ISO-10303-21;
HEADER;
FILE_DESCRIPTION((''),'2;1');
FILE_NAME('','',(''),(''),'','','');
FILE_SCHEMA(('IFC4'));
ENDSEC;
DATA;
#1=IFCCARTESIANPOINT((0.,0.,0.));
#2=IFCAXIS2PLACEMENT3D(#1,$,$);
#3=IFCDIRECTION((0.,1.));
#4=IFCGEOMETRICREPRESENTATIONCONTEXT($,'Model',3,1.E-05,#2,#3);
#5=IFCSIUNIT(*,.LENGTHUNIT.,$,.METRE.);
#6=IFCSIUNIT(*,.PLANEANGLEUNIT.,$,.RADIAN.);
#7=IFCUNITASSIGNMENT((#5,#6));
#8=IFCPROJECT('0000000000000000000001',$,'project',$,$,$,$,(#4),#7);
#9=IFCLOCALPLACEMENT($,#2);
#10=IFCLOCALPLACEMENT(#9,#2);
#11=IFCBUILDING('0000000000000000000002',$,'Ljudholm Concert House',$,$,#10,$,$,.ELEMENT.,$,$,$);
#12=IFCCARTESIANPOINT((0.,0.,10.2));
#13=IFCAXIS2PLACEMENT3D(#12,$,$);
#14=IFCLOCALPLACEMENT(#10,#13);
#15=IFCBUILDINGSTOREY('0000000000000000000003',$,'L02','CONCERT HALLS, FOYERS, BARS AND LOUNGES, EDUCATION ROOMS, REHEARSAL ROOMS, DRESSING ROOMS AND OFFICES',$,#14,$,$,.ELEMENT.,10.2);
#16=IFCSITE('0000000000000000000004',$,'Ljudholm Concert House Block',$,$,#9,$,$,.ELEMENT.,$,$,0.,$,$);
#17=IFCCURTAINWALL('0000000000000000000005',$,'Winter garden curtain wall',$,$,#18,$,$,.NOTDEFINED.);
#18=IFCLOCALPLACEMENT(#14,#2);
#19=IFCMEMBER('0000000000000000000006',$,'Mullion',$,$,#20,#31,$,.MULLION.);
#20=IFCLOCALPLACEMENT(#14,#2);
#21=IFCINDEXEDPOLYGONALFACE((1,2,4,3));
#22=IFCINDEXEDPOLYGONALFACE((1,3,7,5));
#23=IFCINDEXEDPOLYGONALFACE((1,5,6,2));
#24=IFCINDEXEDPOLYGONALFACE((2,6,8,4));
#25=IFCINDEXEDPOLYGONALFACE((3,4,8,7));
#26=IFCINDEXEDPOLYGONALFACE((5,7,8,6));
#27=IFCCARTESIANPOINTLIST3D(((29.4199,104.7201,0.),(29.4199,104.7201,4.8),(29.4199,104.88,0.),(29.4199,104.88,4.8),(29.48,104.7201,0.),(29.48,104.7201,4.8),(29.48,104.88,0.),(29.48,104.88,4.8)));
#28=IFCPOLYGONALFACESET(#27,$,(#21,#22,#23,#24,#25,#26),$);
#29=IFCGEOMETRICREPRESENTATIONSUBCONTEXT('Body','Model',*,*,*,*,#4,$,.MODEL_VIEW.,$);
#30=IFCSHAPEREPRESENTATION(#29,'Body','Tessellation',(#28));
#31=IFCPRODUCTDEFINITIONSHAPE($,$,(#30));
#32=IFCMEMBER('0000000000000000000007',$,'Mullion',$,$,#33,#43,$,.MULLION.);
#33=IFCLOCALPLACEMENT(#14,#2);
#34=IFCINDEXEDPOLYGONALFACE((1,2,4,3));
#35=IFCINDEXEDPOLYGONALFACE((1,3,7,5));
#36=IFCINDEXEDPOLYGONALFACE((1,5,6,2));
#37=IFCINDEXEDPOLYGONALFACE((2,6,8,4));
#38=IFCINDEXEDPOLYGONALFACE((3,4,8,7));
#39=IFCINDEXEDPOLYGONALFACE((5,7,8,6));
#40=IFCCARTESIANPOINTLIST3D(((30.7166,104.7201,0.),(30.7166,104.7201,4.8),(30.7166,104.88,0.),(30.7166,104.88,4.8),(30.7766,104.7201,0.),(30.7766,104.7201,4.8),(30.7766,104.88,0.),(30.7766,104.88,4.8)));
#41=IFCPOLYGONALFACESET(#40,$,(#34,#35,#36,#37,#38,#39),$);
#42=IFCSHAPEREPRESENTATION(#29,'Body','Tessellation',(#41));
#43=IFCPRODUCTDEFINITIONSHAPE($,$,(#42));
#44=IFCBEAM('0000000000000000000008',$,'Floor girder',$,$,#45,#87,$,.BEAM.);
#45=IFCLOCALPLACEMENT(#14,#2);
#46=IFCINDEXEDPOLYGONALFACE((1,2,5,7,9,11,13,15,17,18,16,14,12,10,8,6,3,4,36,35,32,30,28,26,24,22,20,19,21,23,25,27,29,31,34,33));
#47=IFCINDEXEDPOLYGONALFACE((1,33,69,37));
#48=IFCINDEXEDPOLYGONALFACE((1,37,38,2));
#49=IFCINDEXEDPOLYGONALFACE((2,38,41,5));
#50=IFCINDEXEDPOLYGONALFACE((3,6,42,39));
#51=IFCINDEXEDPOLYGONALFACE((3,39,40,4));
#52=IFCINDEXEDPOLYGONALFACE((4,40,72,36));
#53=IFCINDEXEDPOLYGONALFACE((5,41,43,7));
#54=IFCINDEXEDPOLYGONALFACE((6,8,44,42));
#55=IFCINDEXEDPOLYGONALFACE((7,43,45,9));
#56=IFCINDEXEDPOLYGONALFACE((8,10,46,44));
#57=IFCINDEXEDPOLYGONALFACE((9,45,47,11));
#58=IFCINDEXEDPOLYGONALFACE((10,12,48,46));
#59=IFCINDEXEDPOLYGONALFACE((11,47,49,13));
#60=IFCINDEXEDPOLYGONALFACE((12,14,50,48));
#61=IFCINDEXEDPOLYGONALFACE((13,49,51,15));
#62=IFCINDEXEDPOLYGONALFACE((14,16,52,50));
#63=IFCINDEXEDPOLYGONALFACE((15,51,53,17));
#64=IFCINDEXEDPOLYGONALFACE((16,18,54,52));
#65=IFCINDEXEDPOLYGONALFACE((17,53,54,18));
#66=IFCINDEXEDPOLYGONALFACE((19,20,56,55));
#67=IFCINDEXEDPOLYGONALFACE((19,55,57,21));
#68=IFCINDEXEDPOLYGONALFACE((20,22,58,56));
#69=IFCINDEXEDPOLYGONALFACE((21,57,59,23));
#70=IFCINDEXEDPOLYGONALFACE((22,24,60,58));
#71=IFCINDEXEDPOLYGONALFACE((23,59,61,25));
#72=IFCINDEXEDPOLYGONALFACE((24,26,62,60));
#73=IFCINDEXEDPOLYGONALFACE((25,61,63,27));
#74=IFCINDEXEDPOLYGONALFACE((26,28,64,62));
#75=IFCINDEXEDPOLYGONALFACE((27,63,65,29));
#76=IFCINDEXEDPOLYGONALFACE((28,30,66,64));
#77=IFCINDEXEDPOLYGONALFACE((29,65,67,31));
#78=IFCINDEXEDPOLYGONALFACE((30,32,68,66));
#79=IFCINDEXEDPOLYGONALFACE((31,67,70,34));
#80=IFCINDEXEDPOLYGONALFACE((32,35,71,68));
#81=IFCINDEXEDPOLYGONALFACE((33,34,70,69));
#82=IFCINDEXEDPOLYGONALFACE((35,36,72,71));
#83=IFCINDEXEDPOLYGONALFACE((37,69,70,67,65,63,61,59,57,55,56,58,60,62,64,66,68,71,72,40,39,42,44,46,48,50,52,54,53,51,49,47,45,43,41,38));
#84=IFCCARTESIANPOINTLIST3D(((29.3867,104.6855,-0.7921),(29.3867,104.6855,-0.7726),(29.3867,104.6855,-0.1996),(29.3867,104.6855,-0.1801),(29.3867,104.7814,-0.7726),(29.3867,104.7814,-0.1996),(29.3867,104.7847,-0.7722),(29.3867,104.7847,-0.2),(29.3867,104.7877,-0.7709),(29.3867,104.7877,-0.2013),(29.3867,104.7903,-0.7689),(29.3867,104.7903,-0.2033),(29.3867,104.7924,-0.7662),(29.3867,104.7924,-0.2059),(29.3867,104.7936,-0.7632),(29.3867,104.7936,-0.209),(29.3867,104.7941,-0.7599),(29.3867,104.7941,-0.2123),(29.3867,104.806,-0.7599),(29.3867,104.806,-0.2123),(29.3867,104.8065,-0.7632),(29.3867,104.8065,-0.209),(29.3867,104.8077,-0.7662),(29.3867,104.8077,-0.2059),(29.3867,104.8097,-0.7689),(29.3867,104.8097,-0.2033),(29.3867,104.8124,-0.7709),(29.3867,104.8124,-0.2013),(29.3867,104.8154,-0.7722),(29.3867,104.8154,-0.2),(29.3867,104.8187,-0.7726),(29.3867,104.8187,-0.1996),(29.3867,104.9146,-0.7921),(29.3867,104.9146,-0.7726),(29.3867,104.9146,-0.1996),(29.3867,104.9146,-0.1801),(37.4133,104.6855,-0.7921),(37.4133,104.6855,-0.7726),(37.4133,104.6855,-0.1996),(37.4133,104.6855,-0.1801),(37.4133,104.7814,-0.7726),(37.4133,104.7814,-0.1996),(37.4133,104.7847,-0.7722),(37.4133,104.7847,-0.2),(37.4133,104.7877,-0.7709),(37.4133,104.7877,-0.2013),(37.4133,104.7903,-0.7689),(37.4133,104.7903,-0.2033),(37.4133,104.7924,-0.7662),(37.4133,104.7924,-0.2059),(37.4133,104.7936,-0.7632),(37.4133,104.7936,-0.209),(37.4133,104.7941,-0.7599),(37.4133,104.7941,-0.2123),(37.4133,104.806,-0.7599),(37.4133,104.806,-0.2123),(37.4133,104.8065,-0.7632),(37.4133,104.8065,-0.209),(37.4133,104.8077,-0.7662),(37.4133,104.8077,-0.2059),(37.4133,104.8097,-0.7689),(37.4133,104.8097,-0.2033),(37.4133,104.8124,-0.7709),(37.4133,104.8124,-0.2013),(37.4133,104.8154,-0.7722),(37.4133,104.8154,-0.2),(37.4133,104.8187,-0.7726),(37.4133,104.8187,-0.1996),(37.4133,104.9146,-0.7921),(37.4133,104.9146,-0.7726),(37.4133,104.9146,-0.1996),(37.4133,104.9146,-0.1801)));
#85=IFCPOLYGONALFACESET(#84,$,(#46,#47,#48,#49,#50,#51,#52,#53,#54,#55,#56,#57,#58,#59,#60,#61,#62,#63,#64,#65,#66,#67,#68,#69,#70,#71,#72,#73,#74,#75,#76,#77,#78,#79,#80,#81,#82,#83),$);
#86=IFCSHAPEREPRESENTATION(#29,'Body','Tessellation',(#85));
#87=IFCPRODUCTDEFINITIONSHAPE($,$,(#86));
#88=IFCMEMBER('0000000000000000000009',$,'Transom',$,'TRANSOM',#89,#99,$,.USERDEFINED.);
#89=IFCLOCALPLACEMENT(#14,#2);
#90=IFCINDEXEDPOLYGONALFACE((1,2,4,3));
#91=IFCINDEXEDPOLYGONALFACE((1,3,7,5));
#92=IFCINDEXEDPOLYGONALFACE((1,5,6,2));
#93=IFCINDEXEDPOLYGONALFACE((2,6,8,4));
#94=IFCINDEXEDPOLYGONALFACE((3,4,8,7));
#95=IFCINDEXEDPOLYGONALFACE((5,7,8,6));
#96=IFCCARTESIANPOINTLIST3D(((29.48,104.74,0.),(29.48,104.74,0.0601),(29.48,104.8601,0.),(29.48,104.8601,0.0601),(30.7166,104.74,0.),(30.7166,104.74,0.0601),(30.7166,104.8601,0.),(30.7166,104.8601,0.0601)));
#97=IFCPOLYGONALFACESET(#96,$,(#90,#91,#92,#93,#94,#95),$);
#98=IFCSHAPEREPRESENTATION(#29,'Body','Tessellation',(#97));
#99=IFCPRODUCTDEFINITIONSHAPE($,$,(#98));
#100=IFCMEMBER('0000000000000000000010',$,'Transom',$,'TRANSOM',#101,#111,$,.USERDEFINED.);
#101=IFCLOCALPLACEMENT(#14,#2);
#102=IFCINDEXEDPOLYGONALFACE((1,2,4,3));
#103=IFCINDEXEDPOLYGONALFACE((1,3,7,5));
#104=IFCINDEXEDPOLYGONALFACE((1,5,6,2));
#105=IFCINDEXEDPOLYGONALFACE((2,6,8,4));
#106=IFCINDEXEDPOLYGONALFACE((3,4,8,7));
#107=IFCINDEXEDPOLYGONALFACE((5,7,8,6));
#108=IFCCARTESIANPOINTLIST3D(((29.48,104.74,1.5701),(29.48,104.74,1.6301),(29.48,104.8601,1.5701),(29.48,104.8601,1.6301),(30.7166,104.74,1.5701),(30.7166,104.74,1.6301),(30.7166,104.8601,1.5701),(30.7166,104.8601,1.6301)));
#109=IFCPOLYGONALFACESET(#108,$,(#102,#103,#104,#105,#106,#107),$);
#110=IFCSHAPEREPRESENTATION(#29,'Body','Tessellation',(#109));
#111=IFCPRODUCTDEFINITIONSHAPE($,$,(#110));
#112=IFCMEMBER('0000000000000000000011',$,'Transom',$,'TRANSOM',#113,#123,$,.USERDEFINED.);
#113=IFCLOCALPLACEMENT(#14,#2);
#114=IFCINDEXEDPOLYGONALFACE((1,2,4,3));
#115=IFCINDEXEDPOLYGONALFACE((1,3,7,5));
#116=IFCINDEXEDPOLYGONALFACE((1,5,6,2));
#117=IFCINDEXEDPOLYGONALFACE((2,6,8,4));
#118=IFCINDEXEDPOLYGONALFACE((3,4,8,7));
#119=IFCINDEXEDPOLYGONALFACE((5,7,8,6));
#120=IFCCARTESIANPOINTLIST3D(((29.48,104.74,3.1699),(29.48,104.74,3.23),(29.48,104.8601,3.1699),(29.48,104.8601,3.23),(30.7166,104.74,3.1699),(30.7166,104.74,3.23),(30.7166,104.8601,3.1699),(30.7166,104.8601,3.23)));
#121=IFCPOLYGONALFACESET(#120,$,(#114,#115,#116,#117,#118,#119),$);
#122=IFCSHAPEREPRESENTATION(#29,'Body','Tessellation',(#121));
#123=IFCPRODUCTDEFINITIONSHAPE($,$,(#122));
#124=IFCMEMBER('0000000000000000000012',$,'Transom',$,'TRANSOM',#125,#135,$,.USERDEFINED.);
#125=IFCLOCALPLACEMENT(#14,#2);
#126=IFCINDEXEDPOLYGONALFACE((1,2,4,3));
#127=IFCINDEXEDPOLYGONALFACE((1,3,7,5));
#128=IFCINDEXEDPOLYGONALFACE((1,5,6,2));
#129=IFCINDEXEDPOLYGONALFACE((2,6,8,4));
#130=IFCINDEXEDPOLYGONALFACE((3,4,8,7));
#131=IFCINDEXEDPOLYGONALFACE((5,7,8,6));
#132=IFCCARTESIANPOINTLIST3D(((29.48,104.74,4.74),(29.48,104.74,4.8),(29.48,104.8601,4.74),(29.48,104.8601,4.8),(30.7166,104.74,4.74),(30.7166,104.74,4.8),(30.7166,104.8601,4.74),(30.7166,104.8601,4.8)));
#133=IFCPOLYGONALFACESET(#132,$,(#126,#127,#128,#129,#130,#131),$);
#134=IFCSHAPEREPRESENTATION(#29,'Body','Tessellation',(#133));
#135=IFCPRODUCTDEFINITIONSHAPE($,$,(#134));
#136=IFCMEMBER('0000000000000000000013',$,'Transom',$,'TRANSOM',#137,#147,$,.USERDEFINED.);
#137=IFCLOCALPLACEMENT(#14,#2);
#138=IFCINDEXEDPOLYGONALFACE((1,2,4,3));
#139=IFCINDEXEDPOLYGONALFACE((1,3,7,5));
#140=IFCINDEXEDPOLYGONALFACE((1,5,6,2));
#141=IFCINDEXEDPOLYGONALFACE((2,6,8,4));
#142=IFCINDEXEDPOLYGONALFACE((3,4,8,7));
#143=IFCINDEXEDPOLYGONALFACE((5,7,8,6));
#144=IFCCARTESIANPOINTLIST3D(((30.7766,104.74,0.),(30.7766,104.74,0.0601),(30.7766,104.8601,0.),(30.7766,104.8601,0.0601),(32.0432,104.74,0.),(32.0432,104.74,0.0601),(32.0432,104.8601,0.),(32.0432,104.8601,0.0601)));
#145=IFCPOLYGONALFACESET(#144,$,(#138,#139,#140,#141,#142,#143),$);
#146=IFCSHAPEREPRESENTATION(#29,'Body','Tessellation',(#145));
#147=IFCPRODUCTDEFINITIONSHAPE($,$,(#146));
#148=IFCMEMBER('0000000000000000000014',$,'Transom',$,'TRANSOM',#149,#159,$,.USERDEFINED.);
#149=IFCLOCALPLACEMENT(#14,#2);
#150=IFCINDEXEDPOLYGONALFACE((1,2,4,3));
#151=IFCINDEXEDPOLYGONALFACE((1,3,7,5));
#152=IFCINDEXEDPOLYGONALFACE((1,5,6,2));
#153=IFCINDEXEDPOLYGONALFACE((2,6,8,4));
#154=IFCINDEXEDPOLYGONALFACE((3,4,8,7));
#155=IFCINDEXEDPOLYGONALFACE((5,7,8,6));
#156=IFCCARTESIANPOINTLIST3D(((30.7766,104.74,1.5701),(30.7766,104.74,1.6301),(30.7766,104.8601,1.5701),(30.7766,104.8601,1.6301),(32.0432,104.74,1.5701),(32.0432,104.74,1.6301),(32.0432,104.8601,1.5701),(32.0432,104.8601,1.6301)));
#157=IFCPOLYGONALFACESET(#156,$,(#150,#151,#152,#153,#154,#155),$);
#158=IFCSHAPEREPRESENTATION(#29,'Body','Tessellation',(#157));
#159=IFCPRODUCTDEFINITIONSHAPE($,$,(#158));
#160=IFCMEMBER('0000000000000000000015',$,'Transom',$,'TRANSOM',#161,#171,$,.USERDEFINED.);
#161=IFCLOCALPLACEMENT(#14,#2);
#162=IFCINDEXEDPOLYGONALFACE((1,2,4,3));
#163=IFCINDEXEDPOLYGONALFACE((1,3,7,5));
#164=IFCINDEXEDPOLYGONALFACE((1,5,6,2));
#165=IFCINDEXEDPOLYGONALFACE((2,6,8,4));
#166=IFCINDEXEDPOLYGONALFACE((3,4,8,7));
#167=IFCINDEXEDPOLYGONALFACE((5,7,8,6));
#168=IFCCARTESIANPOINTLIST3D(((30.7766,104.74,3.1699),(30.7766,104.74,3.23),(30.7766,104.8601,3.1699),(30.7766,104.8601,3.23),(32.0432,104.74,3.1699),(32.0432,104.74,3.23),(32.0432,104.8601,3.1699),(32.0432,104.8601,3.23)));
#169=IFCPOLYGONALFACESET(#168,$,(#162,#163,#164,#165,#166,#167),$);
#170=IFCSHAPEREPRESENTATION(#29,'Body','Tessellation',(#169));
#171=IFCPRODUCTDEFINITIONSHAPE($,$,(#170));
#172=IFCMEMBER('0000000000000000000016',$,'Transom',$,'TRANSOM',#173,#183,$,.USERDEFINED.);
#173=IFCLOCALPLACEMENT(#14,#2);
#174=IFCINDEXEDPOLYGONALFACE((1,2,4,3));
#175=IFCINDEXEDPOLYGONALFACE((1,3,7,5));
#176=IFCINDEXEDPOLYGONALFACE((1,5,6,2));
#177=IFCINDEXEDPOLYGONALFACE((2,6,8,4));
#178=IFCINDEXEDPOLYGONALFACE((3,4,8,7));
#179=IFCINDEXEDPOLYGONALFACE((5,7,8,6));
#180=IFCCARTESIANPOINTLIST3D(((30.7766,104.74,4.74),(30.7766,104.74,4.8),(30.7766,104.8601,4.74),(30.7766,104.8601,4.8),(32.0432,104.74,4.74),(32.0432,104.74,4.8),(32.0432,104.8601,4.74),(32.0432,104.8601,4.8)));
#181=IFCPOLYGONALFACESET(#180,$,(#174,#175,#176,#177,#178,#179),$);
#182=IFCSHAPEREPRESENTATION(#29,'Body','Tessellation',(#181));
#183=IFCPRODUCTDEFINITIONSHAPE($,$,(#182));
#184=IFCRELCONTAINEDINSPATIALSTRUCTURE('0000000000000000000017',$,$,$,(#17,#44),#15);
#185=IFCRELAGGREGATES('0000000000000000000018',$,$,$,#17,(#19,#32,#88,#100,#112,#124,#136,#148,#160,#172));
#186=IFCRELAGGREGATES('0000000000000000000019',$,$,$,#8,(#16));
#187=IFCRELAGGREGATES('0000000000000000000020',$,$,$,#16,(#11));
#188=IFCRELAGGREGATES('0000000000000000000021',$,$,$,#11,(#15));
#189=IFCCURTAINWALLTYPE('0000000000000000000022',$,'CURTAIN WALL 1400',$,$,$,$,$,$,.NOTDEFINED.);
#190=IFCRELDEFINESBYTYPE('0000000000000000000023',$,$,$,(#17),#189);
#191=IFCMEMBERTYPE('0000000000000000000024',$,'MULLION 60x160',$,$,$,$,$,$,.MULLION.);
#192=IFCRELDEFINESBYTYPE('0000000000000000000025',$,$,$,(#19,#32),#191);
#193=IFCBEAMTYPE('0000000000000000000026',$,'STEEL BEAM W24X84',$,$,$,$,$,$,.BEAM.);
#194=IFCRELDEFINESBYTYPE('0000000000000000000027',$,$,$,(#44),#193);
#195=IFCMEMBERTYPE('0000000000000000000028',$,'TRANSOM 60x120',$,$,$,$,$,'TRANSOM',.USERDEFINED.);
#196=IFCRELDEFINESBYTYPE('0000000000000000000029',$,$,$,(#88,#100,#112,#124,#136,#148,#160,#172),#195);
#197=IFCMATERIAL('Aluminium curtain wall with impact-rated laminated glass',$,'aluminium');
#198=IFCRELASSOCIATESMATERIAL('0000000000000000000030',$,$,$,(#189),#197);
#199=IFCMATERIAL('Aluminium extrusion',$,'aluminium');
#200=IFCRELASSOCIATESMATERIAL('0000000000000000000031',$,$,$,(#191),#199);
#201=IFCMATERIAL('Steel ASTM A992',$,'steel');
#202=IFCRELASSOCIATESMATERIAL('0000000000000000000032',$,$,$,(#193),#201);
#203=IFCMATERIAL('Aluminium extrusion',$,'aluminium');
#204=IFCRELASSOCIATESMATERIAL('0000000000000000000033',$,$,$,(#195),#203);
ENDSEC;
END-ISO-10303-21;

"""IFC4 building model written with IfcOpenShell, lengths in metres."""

from ifc_helpers import new_model, si_unit, direction, frame, origin, origin_2d, place, context, subcontext, project, spatial, rectangle, i_section, extrude, material, material_profile, profile_set, type_object, element, aggregate, save


model = new_model("IFC4")

# Units and contexts
model_context = context("Model", 3, precision=1e-05, world=origin(), true_north=direction((0.0, 1.0)))
body_context = subcontext(model_context, "Body", "Model", "MODEL_VIEW")
ifc_project = project(units=[si_unit("LENGTHUNIT", "METRE"), si_unit("PLANEANGLEUNIT", "RADIAN")], contexts=[model_context])

# Site, building, storey
site_placement = place(None, origin())
site = spatial("IfcSite", under=ifc_project, at=site_placement, Name="Ljudholm Concert House Block", CompositionType="ELEMENT", RefElevation=0.0)
building_placement = place(site_placement, origin())
building = spatial("IfcBuilding", under=site, at=building_placement, Name="Ljudholm Concert House", CompositionType="ELEMENT")
storey_placement = place(building_placement, frame((0.0, 0.0, 10.2)))
storey = spatial("IfcBuildingStorey", under=building, at=storey_placement, Name="L02", Description="CONCERT HALLS, FOYERS, BARS AND LOUNGES, EDUCATION ROOMS, REHEARSAL ROOMS, DRESSING ROOMS AND OFFICES", CompositionType="ELEMENT", Elevation=10.2)

# Curtain wall, members
ifc_material_1 = material(Name="Aluminium curtain wall with impact-rated laminated glass", Category="aluminium")
curtain_wall_type = type_object("IfcCurtainWallType", Name="CURTAIN WALL 1400", PredefinedType="NOTDEFINED", material=ifc_material_1)
curtain_wall_placement = place(storey_placement, origin())
curtain_wall = element("IfcCurtainWall", 1, at=curtain_wall_placement, inside=storey, type_object=curtain_wall_type, Name="Winter garden curtain wall", PredefinedType="NOTDEFINED")
ifc_material_2 = material(Name="Aluminium extrusion", Category="aluminium")
ifc_material_profile_1 = material_profile(ifc_material_2, rectangle(XDim=0.1599, YDim=0.0601, at=origin_2d()), Name="MULLION 60x160")
ifc_profile_set_1 = profile_set([ifc_material_profile_1], Name="Aluminium extrusion")
member_type_1 = type_object("IfcMemberType", Name="MULLION 60x160", PredefinedType="MULLION", material=ifc_profile_set_1)
member_1_placement = place(storey_placement, frame((29.45, 104.8, 0.0), z_axis=(0.0, 0.0, 1.0), x_axis=(0.0, 1.0, 0.0)))
member_1 = element("IfcMember", 2, at=member_1_placement, type_object=member_type_1, Name="Mullion", PredefinedType="MULLION", context=body_context, shape_type="SweptSolid", body=[
    extrude(rectangle(XDim=0.1599, YDim=0.0601, at=origin_2d()), origin(), (0.0, 0.0, 1.0), 4.8),
])
member_2_placement = place(storey_placement, frame((30.7466, 104.8, 0.0), z_axis=(0.0, 0.0, 1.0), x_axis=(0.0, 1.0, 0.0)))
member_2 = element("IfcMember", 3, at=member_2_placement, type_object=member_type_1, Name="Mullion", PredefinedType="MULLION", context=body_context, shape_type="SweptSolid", body=[
    extrude(rectangle(XDim=0.1599, YDim=0.0601, at=origin_2d()), origin(), (0.0, 0.0, 1.0), 4.8),
])

# Beam
ifc_material_3 = material(Name="Steel ASTM A992", Category="steel")
ifc_material_profile_2 = material_profile(ifc_material_3, i_section(OverallWidth=0.229, OverallDepth=0.6121, WebThickness=0.012, FlangeThickness=0.0195, FilletRadius=0.0127, at=origin_2d()), Name="W24X84")
ifc_profile_set_2 = profile_set([ifc_material_profile_2], Name="Steel ASTM A992")
beam_type = type_object("IfcBeamType", Name="STEEL BEAM W24X84", PredefinedType="BEAM", material=ifc_profile_set_2)
beam_placement = place(storey_placement, frame((29.3867, 104.8, -0.4861), z_axis=(1.0, 0.0, 0.0), x_axis=(0.0, 1.0, 0.0)))
element("IfcBeam", 4, at=beam_placement, inside=storey, type_object=beam_type, Name="Floor girder", PredefinedType="BEAM", context=body_context, shape_type="SweptSolid", body=[
    extrude(i_section(OverallWidth=0.229, OverallDepth=0.6121, WebThickness=0.012, FlangeThickness=0.0195, FilletRadius=0.0127, at=origin_2d()), origin(), (0.0, 0.0, 1.0), 8.0266),
])

# Members
ifc_material_4 = material(Name="Aluminium extrusion", Category="aluminium")
ifc_material_profile_3 = material_profile(ifc_material_4, rectangle(XDim=0.1201, YDim=0.0601, at=origin_2d()), Name="TRANSOM 60x120")
ifc_profile_set_3 = profile_set([ifc_material_profile_3], Name="Aluminium extrusion")
member_type_2 = type_object("IfcMemberType", Name="TRANSOM 60x120", ElementType="TRANSOM", PredefinedType="USERDEFINED", material=ifc_profile_set_3)
member_3_placement = place(storey_placement, frame((29.48, 104.8, 0.03), z_axis=(1.0, 0.0, 0.0), x_axis=(0.0, 1.0, 0.0)))
member_3 = element("IfcMember", 5, at=member_3_placement, type_object=member_type_2, Name="Transom", ObjectType="TRANSOM", PredefinedType="USERDEFINED", context=body_context, shape_type="SweptSolid", body=[
    extrude(rectangle(XDim=0.1201, YDim=0.0601, at=origin_2d()), origin(), (0.0, 0.0, 1.0), 1.2366),
])
member_4_placement = place(storey_placement, frame((29.48, 104.8, 1.6001), z_axis=(1.0, 0.0, 0.0), x_axis=(0.0, 1.0, 0.0)))
member_4 = element("IfcMember", 6, at=member_4_placement, type_object=member_type_2, Name="Transom", ObjectType="TRANSOM", PredefinedType="USERDEFINED", context=body_context, shape_type="SweptSolid", body=[
    extrude(rectangle(XDim=0.1201, YDim=0.0601, at=origin_2d()), origin(), (0.0, 0.0, 1.0), 1.2366),
])
member_5_placement = place(storey_placement, frame((29.48, 104.8, 3.2), z_axis=(1.0, 0.0, 0.0), x_axis=(0.0, 1.0, 0.0)))
member_5 = element("IfcMember", 7, at=member_5_placement, type_object=member_type_2, Name="Transom", ObjectType="TRANSOM", PredefinedType="USERDEFINED", context=body_context, shape_type="SweptSolid", body=[
    extrude(rectangle(XDim=0.1201, YDim=0.0601, at=origin_2d()), origin(), (0.0, 0.0, 1.0), 1.2366),
])
member_6_placement = place(storey_placement, frame((29.48, 104.8, 4.77), z_axis=(1.0, 0.0, 0.0), x_axis=(0.0, 1.0, 0.0)))
member_6 = element("IfcMember", 8, at=member_6_placement, type_object=member_type_2, Name="Transom", ObjectType="TRANSOM", PredefinedType="USERDEFINED", context=body_context, shape_type="SweptSolid", body=[
    extrude(rectangle(XDim=0.1201, YDim=0.0601, at=origin_2d()), origin(), (0.0, 0.0, 1.0), 1.2366),
])
member_7_placement = place(storey_placement, frame((30.7766, 104.8, 0.03), z_axis=(1.0, 0.0, 0.0), x_axis=(0.0, 1.0, 0.0)))
member_7 = element("IfcMember", 9, at=member_7_placement, type_object=member_type_2, Name="Transom", ObjectType="TRANSOM", PredefinedType="USERDEFINED", context=body_context, shape_type="SweptSolid", body=[
    extrude(rectangle(XDim=0.1201, YDim=0.0601, at=origin_2d()), origin(), (0.0, 0.0, 1.0), 1.2666),
])
member_8_placement = place(storey_placement, frame((30.7766, 104.8, 1.6001), z_axis=(1.0, 0.0, 0.0), x_axis=(0.0, 1.0, 0.0)))
member_8 = element("IfcMember", 10, at=member_8_placement, type_object=member_type_2, Name="Transom", ObjectType="TRANSOM", PredefinedType="USERDEFINED", context=body_context, shape_type="SweptSolid", body=[
    extrude(rectangle(XDim=0.1201, YDim=0.0601, at=origin_2d()), origin(), (0.0, 0.0, 1.0), 1.2666),
])
member_9_placement = place(storey_placement, frame((30.7766, 104.8, 3.2), z_axis=(1.0, 0.0, 0.0), x_axis=(0.0, 1.0, 0.0)))
member_9 = element("IfcMember", 11, at=member_9_placement, type_object=member_type_2, Name="Transom", ObjectType="TRANSOM", PredefinedType="USERDEFINED", context=body_context, shape_type="SweptSolid", body=[
    extrude(rectangle(XDim=0.1201, YDim=0.0601, at=origin_2d()), origin(), (0.0, 0.0, 1.0), 1.2666),
])
member_10_placement = place(storey_placement, frame((30.7766, 104.8, 4.77), z_axis=(1.0, 0.0, 0.0), x_axis=(0.0, 1.0, 0.0)))
member_10 = element("IfcMember", 12, at=member_10_placement, type_object=member_type_2, Name="Transom", ObjectType="TRANSOM", PredefinedType="USERDEFINED", context=body_context, shape_type="SweptSolid", body=[
    extrude(rectangle(XDim=0.1201, YDim=0.0601, at=origin_2d()), origin(), (0.0, 0.0, 1.0), 1.2666),
])

aggregate(curtain_wall, [member_1, member_2, member_3, member_4, member_5, member_6, member_7, member_8, member_9, member_10])

save(model, "model.ifc")
